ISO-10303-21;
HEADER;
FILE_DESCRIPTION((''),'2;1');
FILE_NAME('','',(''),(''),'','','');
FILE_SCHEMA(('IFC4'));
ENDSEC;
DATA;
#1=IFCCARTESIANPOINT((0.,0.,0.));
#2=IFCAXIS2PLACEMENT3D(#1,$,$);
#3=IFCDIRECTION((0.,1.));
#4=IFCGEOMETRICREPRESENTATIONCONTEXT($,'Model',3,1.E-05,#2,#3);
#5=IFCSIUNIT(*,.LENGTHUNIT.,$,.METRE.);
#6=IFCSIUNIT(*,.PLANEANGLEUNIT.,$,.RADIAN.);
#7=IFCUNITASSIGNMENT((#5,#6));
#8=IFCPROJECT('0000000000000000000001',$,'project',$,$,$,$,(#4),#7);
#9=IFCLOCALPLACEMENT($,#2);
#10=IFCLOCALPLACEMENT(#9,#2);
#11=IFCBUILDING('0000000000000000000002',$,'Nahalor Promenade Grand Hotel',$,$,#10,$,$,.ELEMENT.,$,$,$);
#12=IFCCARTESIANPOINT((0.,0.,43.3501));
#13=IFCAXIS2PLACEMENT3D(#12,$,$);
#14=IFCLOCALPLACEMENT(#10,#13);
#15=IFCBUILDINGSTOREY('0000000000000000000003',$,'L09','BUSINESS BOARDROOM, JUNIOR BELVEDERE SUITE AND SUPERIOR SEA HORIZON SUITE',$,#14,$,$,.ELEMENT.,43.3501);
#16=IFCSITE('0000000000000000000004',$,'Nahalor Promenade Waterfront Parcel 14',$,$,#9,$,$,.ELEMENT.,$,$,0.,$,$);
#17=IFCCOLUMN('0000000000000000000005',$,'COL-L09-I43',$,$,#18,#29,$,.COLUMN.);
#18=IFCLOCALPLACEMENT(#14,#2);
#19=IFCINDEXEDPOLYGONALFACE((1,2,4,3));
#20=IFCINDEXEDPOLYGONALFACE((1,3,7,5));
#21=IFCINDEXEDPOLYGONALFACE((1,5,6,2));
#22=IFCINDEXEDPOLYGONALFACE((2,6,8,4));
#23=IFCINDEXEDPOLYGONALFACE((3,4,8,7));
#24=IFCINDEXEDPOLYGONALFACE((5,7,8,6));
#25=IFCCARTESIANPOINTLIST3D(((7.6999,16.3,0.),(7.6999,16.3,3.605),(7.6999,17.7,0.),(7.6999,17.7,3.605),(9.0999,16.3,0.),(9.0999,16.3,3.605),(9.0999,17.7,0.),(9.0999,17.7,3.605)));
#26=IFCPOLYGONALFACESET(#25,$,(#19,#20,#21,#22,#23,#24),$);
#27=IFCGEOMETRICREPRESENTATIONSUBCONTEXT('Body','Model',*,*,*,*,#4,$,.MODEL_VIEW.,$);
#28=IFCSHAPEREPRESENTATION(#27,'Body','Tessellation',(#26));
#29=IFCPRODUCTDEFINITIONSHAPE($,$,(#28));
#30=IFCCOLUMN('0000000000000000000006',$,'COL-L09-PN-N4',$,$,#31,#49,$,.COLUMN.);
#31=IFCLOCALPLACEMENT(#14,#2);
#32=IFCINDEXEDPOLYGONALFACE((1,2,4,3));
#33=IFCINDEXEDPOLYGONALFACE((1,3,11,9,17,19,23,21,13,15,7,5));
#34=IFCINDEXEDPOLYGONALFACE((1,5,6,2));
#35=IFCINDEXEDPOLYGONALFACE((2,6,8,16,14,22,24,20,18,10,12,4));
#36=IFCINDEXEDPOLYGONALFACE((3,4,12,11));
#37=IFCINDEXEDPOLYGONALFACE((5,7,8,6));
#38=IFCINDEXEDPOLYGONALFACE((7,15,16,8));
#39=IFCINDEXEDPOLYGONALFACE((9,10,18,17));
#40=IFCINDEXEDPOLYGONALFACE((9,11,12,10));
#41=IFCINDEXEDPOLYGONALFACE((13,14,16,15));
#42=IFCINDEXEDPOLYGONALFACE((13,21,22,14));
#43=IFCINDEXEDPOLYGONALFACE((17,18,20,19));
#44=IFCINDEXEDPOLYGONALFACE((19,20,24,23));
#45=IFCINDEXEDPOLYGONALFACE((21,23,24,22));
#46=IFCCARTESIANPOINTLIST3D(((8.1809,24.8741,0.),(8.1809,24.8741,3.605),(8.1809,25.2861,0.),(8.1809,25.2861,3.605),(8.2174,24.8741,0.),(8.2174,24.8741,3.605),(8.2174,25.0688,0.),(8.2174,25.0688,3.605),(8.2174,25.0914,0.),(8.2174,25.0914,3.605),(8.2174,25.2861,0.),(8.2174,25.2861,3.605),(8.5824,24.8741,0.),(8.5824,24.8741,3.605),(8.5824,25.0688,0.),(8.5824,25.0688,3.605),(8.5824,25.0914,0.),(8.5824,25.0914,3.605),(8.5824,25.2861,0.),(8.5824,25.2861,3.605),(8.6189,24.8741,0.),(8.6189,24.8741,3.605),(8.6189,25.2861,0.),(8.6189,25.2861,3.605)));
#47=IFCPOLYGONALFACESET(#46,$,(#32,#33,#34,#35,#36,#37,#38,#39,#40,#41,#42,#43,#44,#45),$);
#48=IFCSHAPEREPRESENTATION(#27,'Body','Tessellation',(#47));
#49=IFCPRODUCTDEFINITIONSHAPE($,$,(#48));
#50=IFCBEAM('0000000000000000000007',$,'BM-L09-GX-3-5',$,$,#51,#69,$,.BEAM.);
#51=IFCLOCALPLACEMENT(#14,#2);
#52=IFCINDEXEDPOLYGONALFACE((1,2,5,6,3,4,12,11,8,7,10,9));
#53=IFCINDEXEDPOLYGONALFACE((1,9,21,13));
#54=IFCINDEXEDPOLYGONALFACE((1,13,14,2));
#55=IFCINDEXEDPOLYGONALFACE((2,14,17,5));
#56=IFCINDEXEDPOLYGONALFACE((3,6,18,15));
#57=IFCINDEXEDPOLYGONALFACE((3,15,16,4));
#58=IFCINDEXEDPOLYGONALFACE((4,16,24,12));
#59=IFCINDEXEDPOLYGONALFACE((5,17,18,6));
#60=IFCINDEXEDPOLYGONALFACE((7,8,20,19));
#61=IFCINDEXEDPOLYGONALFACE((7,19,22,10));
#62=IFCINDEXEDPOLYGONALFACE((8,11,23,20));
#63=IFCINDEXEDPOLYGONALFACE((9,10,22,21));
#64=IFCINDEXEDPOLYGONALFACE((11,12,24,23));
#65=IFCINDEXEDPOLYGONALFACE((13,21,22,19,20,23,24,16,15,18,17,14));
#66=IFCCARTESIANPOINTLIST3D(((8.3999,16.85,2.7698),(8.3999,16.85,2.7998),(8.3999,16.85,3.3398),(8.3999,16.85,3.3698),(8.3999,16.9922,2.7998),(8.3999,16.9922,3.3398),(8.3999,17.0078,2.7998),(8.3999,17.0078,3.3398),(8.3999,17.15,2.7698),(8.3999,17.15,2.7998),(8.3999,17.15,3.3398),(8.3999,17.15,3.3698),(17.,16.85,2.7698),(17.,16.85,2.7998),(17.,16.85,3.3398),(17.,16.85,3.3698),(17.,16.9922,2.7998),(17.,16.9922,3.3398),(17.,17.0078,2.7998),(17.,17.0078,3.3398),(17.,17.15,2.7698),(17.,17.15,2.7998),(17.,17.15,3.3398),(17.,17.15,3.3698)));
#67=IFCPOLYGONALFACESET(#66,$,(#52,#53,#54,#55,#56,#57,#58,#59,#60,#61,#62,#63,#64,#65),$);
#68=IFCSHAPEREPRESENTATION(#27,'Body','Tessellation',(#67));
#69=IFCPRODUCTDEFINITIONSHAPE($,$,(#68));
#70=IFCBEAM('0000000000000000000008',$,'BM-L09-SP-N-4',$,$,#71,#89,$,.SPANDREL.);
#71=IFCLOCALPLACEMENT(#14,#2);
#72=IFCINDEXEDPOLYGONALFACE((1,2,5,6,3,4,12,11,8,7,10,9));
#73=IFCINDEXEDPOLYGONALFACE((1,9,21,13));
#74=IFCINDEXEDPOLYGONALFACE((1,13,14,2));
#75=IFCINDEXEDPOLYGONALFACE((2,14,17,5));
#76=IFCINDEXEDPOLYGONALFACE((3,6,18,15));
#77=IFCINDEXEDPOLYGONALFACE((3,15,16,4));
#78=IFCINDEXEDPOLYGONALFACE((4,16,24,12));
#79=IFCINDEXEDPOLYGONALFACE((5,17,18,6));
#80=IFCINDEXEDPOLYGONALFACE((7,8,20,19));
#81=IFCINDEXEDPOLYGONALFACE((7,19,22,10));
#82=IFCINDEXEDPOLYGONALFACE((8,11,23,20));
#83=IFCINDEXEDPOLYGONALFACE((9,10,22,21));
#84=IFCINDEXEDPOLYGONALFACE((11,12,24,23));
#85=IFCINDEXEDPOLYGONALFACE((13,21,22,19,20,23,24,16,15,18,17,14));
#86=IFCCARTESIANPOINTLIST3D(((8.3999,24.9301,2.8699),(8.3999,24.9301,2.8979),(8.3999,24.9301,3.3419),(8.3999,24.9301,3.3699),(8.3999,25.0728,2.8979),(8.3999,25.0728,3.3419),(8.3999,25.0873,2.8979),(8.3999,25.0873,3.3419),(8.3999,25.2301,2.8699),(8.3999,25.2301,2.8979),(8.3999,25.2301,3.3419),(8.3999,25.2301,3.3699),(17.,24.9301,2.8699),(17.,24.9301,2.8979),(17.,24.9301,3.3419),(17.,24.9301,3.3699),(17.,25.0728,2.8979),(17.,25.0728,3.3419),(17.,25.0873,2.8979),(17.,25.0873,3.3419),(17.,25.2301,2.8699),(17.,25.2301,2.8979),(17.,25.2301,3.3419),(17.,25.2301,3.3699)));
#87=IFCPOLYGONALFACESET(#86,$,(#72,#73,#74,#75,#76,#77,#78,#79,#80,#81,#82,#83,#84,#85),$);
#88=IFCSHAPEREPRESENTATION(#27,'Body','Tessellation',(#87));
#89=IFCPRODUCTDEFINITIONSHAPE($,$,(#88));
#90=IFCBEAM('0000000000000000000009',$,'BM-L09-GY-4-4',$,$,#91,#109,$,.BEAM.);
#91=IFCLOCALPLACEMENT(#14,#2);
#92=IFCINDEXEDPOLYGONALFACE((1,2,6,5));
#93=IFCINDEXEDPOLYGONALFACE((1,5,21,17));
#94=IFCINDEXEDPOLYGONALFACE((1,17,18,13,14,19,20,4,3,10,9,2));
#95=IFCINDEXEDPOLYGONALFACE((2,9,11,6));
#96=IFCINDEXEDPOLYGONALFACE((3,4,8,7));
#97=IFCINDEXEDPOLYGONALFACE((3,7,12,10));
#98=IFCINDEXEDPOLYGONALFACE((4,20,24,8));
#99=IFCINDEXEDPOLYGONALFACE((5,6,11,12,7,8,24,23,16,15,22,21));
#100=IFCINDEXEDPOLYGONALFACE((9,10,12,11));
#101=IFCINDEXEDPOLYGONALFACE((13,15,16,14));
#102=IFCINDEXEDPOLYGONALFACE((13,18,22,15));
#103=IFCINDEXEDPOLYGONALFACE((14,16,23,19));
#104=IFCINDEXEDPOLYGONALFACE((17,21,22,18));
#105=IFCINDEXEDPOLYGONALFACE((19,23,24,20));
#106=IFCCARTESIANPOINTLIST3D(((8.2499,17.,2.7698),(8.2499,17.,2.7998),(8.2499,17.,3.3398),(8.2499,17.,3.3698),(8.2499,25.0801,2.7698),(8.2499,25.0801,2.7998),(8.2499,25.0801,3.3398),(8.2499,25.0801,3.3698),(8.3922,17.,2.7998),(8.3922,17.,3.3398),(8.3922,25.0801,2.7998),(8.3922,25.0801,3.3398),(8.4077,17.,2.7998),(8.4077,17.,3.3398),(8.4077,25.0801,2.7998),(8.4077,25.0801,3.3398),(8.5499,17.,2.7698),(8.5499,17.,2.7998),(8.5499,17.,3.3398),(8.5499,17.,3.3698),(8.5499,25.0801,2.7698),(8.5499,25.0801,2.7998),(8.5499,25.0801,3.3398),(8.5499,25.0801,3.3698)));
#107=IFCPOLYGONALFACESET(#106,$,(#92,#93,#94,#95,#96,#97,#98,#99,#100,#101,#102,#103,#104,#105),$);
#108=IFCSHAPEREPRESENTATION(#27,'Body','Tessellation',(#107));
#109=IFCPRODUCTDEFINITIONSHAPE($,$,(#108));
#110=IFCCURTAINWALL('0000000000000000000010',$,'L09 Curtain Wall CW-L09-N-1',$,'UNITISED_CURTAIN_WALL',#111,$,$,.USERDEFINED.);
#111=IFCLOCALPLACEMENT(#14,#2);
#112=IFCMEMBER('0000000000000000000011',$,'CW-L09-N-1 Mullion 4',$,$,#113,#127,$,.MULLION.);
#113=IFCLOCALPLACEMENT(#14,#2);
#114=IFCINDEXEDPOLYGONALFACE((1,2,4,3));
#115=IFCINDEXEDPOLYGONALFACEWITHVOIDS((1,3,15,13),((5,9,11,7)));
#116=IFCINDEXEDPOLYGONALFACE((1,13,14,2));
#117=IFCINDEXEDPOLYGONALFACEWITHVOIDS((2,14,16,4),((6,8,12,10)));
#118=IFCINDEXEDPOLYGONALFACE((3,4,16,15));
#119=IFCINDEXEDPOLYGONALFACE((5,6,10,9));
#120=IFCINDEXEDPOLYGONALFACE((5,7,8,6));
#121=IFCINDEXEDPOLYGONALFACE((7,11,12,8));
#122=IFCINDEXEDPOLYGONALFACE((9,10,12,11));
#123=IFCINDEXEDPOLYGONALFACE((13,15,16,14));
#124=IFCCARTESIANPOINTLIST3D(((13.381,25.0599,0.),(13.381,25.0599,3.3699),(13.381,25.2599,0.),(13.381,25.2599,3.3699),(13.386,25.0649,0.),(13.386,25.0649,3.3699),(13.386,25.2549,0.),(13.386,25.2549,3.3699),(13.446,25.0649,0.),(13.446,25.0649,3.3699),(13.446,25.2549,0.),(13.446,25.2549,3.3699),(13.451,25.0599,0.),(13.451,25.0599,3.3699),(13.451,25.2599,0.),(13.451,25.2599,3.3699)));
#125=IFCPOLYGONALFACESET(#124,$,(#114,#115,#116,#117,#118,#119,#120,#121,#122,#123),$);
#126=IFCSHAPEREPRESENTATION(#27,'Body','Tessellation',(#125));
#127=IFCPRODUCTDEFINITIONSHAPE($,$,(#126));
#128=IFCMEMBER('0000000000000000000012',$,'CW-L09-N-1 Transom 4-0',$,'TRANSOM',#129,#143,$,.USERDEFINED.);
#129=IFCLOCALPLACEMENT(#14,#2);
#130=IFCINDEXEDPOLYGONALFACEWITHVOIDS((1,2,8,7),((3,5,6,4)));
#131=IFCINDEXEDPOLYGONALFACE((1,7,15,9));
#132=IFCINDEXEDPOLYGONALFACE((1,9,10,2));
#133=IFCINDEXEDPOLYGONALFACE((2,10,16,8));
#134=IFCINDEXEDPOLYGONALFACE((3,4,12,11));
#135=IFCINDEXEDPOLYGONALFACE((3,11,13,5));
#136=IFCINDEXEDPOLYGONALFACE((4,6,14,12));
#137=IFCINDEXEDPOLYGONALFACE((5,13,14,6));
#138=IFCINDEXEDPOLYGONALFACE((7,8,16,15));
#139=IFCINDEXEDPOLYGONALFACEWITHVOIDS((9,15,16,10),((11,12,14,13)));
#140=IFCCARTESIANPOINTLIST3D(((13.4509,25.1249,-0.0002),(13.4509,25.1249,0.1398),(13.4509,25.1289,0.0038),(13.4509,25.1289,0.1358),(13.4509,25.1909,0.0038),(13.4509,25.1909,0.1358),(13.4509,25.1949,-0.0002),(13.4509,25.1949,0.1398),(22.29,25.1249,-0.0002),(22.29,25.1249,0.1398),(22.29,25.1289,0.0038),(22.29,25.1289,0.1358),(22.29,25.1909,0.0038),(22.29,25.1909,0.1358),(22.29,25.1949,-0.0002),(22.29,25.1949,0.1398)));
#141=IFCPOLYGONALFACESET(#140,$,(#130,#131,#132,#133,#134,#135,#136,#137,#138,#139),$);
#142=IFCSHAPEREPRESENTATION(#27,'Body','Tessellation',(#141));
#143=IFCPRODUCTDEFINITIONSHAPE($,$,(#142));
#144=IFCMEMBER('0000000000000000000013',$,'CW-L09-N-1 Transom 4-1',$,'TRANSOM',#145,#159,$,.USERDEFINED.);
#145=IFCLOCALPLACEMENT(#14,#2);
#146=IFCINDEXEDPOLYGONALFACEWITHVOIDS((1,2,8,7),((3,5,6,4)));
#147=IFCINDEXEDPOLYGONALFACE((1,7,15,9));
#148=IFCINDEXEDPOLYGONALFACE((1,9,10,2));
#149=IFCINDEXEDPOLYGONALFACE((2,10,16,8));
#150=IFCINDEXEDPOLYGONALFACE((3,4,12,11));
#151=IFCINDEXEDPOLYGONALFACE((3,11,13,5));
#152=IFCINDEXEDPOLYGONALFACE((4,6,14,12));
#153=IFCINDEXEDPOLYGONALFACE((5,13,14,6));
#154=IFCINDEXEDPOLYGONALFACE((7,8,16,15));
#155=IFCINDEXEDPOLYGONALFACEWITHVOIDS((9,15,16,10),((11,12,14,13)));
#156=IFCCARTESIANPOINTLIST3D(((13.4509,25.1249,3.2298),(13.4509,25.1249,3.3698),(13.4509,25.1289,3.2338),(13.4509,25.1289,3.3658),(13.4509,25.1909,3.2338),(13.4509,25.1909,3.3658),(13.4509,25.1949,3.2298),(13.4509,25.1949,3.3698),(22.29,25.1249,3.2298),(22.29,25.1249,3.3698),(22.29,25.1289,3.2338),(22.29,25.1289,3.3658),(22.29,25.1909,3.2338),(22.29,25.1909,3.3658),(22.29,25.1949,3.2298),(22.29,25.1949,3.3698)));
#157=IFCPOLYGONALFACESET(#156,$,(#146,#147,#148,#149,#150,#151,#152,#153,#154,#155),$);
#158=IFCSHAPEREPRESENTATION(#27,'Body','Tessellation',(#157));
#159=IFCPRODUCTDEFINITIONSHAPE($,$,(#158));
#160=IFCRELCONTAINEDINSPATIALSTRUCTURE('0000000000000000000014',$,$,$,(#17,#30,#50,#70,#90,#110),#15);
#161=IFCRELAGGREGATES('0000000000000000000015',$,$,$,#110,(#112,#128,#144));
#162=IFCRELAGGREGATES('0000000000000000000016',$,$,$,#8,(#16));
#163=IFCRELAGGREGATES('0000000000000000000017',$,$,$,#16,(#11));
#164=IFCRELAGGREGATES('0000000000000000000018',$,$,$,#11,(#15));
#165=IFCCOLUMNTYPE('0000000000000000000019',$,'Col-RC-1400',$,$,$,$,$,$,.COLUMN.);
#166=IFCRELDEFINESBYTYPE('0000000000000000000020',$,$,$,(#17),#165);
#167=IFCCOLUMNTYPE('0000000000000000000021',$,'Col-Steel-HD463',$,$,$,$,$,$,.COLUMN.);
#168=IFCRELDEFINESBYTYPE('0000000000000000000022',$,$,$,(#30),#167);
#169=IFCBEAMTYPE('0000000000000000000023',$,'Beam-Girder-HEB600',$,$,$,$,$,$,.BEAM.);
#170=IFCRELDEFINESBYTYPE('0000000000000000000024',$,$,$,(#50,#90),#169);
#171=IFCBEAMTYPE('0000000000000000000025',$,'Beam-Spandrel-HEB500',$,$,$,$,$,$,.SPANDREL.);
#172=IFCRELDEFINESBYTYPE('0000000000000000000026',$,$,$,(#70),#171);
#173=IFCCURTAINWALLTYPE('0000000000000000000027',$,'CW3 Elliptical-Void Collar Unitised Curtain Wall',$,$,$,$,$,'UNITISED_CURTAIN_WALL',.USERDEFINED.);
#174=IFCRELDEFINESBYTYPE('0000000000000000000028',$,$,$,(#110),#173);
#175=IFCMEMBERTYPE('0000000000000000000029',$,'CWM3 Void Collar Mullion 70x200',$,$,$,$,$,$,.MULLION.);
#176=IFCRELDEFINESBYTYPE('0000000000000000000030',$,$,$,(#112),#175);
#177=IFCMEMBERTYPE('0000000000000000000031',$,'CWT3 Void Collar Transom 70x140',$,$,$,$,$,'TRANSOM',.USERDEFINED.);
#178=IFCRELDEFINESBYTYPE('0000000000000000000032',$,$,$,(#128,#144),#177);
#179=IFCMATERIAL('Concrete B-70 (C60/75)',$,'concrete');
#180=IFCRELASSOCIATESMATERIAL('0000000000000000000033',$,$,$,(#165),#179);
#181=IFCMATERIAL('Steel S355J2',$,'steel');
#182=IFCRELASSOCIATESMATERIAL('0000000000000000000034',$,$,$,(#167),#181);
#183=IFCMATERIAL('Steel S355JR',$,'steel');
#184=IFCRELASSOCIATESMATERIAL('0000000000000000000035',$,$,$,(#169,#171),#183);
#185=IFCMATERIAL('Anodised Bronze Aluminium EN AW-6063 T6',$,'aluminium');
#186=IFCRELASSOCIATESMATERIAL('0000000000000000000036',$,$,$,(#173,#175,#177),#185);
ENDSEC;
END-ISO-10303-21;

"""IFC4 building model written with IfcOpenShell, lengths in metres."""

from ifc_helpers import new_model, si_unit, direction, frame, origin, origin_2d, place, context, subcontext, project, spatial, rectangle, hollow_rectangle, i_section, extrude, source, transform, mapped, material, material_profile, profile_set, type_object, element, aggregate, save


model = new_model("IFC4")

# Units and contexts
model_context = context("Model", 3, precision=1e-05, world=origin(), true_north=direction((0.0, 1.0)))
body_context = subcontext(model_context, "Body", "Model", "MODEL_VIEW")
ifc_project = project(units=[si_unit("LENGTHUNIT", "METRE"), si_unit("PLANEANGLEUNIT", "RADIAN")], contexts=[model_context])

# Site, building, storey
site_placement = place(None, origin())
site = spatial("IfcSite", under=ifc_project, at=site_placement, Name="Nahalor Promenade Waterfront Parcel 14", CompositionType="ELEMENT", RefElevation=0.0)
building_placement = place(site_placement, origin())
building = spatial("IfcBuilding", under=site, at=building_placement, Name="Nahalor Promenade Grand Hotel", CompositionType="ELEMENT")
storey_placement = place(building_placement, frame((0.0, 0.0, 43.3501)))
storey = spatial("IfcBuildingStorey", under=building, at=storey_placement, Name="L09", Description="BUSINESS BOARDROOM, JUNIOR BELVEDERE SUITE AND SUPERIOR SEA HORIZON SUITE", CompositionType="ELEMENT", Elevation=43.3501)

# Columns
ifc_material_1 = material(Name="Concrete B-70 (C60/75)", Category="concrete")
ifc_material_profile_1 = material_profile(ifc_material_1, rectangle(XDim=1.4, YDim=1.4, at=origin_2d()), Name="RC 1400x1400")
ifc_profile_set_1 = profile_set([ifc_material_profile_1], Name="Concrete B-70 (C60/75)")
column_type_1 = type_object("IfcColumnType", Name="Col-RC-1400", PredefinedType="COLUMN", material=ifc_profile_set_1)
shared_shape_1 = source(origin(), body_context, "Body", "SweptSolid", [
    extrude(rectangle(XDim=1.4, YDim=1.4, at=origin_2d()), origin(), (0.0, 0.0, 1.0), 3.605),
])
column_1_placement = place(storey_placement, frame((8.3999, 17.0, 0.0), z_axis=(0.0, 0.0, 1.0), x_axis=(1.0, 0.0, 0.0)))
element("IfcColumn", 1, at=column_1_placement, inside=storey, type_object=column_type_1, Name="COL-L09-I43", PredefinedType="COLUMN", context=body_context, shape_type="MappedRepresentation", body=[
    mapped(shared_shape_1, transform((0.0, 0.0, 0.0), scale=1.0)),
])
ifc_material_2 = material(Name="Steel S355J2", Category="steel")
ifc_material_profile_2 = material_profile(ifc_material_2, i_section(OverallWidth=0.412, OverallDepth=0.438, WebThickness=0.0226, FlangeThickness=0.0365, at=origin_2d()), Name="HD 400x463")
ifc_profile_set_2 = profile_set([ifc_material_profile_2], Name="Steel S355J2")
column_type_2 = type_object("IfcColumnType", Name="Col-Steel-HD463", PredefinedType="COLUMN", material=ifc_profile_set_2)
shared_shape_2 = source(origin(), body_context, "Body", "SweptSolid", [
    extrude(i_section(OverallWidth=0.412, OverallDepth=0.438, WebThickness=0.0226, FlangeThickness=0.0365, at=origin_2d()), origin(), (0.0, 0.0, 1.0), 3.605),
])
column_2_placement = place(storey_placement, frame((8.3999, 25.0801, 0.0), z_axis=(0.0, 0.0, 1.0), x_axis=(0.0, 1.0, 0.0)))
element("IfcColumn", 2, at=column_2_placement, inside=storey, type_object=column_type_2, Name="COL-L09-PN-N4", PredefinedType="COLUMN", context=body_context, shape_type="MappedRepresentation", body=[
    mapped(shared_shape_2, transform((0.0, 0.0, 0.0), scale=1.0)),
])

# Beams
ifc_material_3 = material(Name="Steel S355JR", Category="steel")
ifc_material_profile_3 = material_profile(ifc_material_3, i_section(OverallWidth=0.3, OverallDepth=0.6, WebThickness=0.0155, FlangeThickness=0.03, at=origin_2d()), Name="HEB 600")
ifc_profile_set_3 = profile_set([ifc_material_profile_3], Name="Steel S355JR")
beam_type_1 = type_object("IfcBeamType", Name="Beam-Girder-HEB600", PredefinedType="BEAM", material=ifc_profile_set_3)
shared_shape_3 = source(origin(), body_context, "Body", "SweptSolid", [
    extrude(i_section(OverallWidth=0.3, OverallDepth=0.6, WebThickness=0.0155, FlangeThickness=0.03, at=origin_2d()), origin(), (0.0, 0.0, 1.0), 8.6001),
])
beam_1_placement = place(storey_placement, frame((8.3999, 17.0, 3.0698), z_axis=(1.0, 0.0, 0.0), x_axis=(0.0, 1.0, 0.0)))
element("IfcBeam", 3, at=beam_1_placement, inside=storey, type_object=beam_type_1, Name="BM-L09-GX-3-5", PredefinedType="BEAM", context=body_context, shape_type="MappedRepresentation", body=[
    mapped(shared_shape_3, transform((0.0, 0.0, 0.0), scale=1.0)),
])
ifc_material_profile_4 = material_profile(ifc_material_3, i_section(OverallWidth=0.3, OverallDepth=0.5, WebThickness=0.0145, FlangeThickness=0.028, at=origin_2d()), Name="HEB 500")
ifc_profile_set_4 = profile_set([ifc_material_profile_4], Name="Steel S355JR")
beam_type_2 = type_object("IfcBeamType", Name="Beam-Spandrel-HEB500", PredefinedType="SPANDREL", material=ifc_profile_set_4)
shared_shape_4 = source(origin(), body_context, "Body", "SweptSolid", [
    extrude(i_section(OverallWidth=0.3, OverallDepth=0.5, WebThickness=0.0145, FlangeThickness=0.028, at=origin_2d()), origin(), (0.0, 0.0, 1.0), 8.6001),
])
beam_2_placement = place(storey_placement, frame((8.3999, 25.0801, 3.1199), z_axis=(1.0, 0.0, 0.0), x_axis=(0.0, 1.0, 0.0)))
element("IfcBeam", 4, at=beam_2_placement, inside=storey, type_object=beam_type_2, Name="BM-L09-SP-N-4", PredefinedType="SPANDREL", context=body_context, shape_type="MappedRepresentation", body=[
    mapped(shared_shape_4, transform((0.0, 0.0, 0.0), scale=1.0)),
])
shared_shape_5 = source(origin(), body_context, "Body", "SweptSolid", [
    extrude(i_section(OverallWidth=0.3, OverallDepth=0.6, WebThickness=0.0155, FlangeThickness=0.03, at=origin_2d()), origin(), (0.0, 0.0, 1.0), 8.0801),
])
beam_3_placement = place(storey_placement, frame((8.3999, 17.0, 3.0698), z_axis=(0.0, 1.0, 0.0), x_axis=(-1.0, 0.0, 0.0)))
element("IfcBeam", 5, at=beam_3_placement, inside=storey, type_object=beam_type_1, Name="BM-L09-GY-4-4", PredefinedType="BEAM", context=body_context, shape_type="MappedRepresentation", body=[
    mapped(shared_shape_5, transform((0.0, 0.0, 0.0), scale=1.0)),
])

# Curtain wall, members
ifc_material_4 = material(Name="Anodised Bronze Aluminium EN AW-6063 T6", Category="aluminium")
curtain_wall_type = type_object("IfcCurtainWallType", Name="CW3 Elliptical-Void Collar Unitised Curtain Wall", ElementType="UNITISED_CURTAIN_WALL", PredefinedType="USERDEFINED", material=ifc_material_4)
curtain_wall_placement = place(storey_placement, origin())
curtain_wall = element("IfcCurtainWall", 6, at=curtain_wall_placement, inside=storey, type_object=curtain_wall_type, Name="L09 Curtain Wall CW-L09-N-1", ObjectType="UNITISED_CURTAIN_WALL", PredefinedType="USERDEFINED")
ifc_material_profile_5 = material_profile(ifc_material_4, hollow_rectangle(XDim=0.07, YDim=0.2, WallThickness=0.005, at=origin_2d()), Name="CWM 70x200x5")
ifc_profile_set_5 = profile_set([ifc_material_profile_5], Name="Anodised Bronze Aluminium EN AW-6063 T6")
member_type_1 = type_object("IfcMemberType", Name="CWM3 Void Collar Mullion 70x200", PredefinedType="MULLION", material=ifc_profile_set_5)
shared_shape_6 = source(origin(), body_context, "Body", "SweptSolid", [
    extrude(hollow_rectangle(XDim=0.07, YDim=0.2, WallThickness=0.005, at=origin_2d()), origin(), (0.0, 0.0, 1.0), 3.3699),
])
member_1_placement = place(storey_placement, frame((13.416, 25.1599, 0.0), z_axis=(0.0, 0.0, 1.0), x_axis=(1.0, 0.0, 0.0)))
member_1 = element("IfcMember", 7, at=member_1_placement, type_object=member_type_1, Name="CW-L09-N-1 Mullion 4", PredefinedType="MULLION", context=body_context, shape_type="MappedRepresentation", body=[
    mapped(shared_shape_6, transform((0.0, 0.0, 0.0), scale=1.0)),
])
ifc_material_profile_6 = material_profile(ifc_material_4, hollow_rectangle(XDim=0.07, YDim=0.14, WallThickness=0.004, at=origin_2d()), Name="CWT 70x140x4")
ifc_profile_set_6 = profile_set([ifc_material_profile_6], Name="Anodised Bronze Aluminium EN AW-6063 T6")
member_type_2 = type_object("IfcMemberType", Name="CWT3 Void Collar Transom 70x140", ElementType="TRANSOM", PredefinedType="USERDEFINED", material=ifc_profile_set_6)
shared_shape_7 = source(origin(), body_context, "Body", "SweptSolid", [
    extrude(hollow_rectangle(XDim=0.07, YDim=0.14, WallThickness=0.004, at=origin_2d()), origin(), (0.0, 0.0, 1.0), 8.8391),
])
member_2_placement = place(storey_placement, frame((13.4509, 25.1599, 0.0698), z_axis=(1.0, 0.0, 0.0), x_axis=(0.0, 1.0, 0.0)))
member_2 = element("IfcMember", 8, at=member_2_placement, type_object=member_type_2, Name="CW-L09-N-1 Transom 4-0", ObjectType="TRANSOM", PredefinedType="USERDEFINED", context=body_context, shape_type="MappedRepresentation", body=[
    mapped(shared_shape_7, transform((0.0, 0.0, 0.0), scale=1.0)),
])
member_3_placement = place(storey_placement, frame((13.4509, 25.1599, 3.2998), z_axis=(1.0, 0.0, 0.0), x_axis=(0.0, 1.0, 0.0)))
member_3 = element("IfcMember", 9, at=member_3_placement, type_object=member_type_2, Name="CW-L09-N-1 Transom 4-1", ObjectType="TRANSOM", PredefinedType="USERDEFINED", context=body_context, shape_type="MappedRepresentation", body=[
    mapped(shared_shape_7, transform((0.0, 0.0, 0.0), scale=1.0)),
])
aggregate(curtain_wall, [member_1, member_2, member_3])

save(model, "model.ifc")
